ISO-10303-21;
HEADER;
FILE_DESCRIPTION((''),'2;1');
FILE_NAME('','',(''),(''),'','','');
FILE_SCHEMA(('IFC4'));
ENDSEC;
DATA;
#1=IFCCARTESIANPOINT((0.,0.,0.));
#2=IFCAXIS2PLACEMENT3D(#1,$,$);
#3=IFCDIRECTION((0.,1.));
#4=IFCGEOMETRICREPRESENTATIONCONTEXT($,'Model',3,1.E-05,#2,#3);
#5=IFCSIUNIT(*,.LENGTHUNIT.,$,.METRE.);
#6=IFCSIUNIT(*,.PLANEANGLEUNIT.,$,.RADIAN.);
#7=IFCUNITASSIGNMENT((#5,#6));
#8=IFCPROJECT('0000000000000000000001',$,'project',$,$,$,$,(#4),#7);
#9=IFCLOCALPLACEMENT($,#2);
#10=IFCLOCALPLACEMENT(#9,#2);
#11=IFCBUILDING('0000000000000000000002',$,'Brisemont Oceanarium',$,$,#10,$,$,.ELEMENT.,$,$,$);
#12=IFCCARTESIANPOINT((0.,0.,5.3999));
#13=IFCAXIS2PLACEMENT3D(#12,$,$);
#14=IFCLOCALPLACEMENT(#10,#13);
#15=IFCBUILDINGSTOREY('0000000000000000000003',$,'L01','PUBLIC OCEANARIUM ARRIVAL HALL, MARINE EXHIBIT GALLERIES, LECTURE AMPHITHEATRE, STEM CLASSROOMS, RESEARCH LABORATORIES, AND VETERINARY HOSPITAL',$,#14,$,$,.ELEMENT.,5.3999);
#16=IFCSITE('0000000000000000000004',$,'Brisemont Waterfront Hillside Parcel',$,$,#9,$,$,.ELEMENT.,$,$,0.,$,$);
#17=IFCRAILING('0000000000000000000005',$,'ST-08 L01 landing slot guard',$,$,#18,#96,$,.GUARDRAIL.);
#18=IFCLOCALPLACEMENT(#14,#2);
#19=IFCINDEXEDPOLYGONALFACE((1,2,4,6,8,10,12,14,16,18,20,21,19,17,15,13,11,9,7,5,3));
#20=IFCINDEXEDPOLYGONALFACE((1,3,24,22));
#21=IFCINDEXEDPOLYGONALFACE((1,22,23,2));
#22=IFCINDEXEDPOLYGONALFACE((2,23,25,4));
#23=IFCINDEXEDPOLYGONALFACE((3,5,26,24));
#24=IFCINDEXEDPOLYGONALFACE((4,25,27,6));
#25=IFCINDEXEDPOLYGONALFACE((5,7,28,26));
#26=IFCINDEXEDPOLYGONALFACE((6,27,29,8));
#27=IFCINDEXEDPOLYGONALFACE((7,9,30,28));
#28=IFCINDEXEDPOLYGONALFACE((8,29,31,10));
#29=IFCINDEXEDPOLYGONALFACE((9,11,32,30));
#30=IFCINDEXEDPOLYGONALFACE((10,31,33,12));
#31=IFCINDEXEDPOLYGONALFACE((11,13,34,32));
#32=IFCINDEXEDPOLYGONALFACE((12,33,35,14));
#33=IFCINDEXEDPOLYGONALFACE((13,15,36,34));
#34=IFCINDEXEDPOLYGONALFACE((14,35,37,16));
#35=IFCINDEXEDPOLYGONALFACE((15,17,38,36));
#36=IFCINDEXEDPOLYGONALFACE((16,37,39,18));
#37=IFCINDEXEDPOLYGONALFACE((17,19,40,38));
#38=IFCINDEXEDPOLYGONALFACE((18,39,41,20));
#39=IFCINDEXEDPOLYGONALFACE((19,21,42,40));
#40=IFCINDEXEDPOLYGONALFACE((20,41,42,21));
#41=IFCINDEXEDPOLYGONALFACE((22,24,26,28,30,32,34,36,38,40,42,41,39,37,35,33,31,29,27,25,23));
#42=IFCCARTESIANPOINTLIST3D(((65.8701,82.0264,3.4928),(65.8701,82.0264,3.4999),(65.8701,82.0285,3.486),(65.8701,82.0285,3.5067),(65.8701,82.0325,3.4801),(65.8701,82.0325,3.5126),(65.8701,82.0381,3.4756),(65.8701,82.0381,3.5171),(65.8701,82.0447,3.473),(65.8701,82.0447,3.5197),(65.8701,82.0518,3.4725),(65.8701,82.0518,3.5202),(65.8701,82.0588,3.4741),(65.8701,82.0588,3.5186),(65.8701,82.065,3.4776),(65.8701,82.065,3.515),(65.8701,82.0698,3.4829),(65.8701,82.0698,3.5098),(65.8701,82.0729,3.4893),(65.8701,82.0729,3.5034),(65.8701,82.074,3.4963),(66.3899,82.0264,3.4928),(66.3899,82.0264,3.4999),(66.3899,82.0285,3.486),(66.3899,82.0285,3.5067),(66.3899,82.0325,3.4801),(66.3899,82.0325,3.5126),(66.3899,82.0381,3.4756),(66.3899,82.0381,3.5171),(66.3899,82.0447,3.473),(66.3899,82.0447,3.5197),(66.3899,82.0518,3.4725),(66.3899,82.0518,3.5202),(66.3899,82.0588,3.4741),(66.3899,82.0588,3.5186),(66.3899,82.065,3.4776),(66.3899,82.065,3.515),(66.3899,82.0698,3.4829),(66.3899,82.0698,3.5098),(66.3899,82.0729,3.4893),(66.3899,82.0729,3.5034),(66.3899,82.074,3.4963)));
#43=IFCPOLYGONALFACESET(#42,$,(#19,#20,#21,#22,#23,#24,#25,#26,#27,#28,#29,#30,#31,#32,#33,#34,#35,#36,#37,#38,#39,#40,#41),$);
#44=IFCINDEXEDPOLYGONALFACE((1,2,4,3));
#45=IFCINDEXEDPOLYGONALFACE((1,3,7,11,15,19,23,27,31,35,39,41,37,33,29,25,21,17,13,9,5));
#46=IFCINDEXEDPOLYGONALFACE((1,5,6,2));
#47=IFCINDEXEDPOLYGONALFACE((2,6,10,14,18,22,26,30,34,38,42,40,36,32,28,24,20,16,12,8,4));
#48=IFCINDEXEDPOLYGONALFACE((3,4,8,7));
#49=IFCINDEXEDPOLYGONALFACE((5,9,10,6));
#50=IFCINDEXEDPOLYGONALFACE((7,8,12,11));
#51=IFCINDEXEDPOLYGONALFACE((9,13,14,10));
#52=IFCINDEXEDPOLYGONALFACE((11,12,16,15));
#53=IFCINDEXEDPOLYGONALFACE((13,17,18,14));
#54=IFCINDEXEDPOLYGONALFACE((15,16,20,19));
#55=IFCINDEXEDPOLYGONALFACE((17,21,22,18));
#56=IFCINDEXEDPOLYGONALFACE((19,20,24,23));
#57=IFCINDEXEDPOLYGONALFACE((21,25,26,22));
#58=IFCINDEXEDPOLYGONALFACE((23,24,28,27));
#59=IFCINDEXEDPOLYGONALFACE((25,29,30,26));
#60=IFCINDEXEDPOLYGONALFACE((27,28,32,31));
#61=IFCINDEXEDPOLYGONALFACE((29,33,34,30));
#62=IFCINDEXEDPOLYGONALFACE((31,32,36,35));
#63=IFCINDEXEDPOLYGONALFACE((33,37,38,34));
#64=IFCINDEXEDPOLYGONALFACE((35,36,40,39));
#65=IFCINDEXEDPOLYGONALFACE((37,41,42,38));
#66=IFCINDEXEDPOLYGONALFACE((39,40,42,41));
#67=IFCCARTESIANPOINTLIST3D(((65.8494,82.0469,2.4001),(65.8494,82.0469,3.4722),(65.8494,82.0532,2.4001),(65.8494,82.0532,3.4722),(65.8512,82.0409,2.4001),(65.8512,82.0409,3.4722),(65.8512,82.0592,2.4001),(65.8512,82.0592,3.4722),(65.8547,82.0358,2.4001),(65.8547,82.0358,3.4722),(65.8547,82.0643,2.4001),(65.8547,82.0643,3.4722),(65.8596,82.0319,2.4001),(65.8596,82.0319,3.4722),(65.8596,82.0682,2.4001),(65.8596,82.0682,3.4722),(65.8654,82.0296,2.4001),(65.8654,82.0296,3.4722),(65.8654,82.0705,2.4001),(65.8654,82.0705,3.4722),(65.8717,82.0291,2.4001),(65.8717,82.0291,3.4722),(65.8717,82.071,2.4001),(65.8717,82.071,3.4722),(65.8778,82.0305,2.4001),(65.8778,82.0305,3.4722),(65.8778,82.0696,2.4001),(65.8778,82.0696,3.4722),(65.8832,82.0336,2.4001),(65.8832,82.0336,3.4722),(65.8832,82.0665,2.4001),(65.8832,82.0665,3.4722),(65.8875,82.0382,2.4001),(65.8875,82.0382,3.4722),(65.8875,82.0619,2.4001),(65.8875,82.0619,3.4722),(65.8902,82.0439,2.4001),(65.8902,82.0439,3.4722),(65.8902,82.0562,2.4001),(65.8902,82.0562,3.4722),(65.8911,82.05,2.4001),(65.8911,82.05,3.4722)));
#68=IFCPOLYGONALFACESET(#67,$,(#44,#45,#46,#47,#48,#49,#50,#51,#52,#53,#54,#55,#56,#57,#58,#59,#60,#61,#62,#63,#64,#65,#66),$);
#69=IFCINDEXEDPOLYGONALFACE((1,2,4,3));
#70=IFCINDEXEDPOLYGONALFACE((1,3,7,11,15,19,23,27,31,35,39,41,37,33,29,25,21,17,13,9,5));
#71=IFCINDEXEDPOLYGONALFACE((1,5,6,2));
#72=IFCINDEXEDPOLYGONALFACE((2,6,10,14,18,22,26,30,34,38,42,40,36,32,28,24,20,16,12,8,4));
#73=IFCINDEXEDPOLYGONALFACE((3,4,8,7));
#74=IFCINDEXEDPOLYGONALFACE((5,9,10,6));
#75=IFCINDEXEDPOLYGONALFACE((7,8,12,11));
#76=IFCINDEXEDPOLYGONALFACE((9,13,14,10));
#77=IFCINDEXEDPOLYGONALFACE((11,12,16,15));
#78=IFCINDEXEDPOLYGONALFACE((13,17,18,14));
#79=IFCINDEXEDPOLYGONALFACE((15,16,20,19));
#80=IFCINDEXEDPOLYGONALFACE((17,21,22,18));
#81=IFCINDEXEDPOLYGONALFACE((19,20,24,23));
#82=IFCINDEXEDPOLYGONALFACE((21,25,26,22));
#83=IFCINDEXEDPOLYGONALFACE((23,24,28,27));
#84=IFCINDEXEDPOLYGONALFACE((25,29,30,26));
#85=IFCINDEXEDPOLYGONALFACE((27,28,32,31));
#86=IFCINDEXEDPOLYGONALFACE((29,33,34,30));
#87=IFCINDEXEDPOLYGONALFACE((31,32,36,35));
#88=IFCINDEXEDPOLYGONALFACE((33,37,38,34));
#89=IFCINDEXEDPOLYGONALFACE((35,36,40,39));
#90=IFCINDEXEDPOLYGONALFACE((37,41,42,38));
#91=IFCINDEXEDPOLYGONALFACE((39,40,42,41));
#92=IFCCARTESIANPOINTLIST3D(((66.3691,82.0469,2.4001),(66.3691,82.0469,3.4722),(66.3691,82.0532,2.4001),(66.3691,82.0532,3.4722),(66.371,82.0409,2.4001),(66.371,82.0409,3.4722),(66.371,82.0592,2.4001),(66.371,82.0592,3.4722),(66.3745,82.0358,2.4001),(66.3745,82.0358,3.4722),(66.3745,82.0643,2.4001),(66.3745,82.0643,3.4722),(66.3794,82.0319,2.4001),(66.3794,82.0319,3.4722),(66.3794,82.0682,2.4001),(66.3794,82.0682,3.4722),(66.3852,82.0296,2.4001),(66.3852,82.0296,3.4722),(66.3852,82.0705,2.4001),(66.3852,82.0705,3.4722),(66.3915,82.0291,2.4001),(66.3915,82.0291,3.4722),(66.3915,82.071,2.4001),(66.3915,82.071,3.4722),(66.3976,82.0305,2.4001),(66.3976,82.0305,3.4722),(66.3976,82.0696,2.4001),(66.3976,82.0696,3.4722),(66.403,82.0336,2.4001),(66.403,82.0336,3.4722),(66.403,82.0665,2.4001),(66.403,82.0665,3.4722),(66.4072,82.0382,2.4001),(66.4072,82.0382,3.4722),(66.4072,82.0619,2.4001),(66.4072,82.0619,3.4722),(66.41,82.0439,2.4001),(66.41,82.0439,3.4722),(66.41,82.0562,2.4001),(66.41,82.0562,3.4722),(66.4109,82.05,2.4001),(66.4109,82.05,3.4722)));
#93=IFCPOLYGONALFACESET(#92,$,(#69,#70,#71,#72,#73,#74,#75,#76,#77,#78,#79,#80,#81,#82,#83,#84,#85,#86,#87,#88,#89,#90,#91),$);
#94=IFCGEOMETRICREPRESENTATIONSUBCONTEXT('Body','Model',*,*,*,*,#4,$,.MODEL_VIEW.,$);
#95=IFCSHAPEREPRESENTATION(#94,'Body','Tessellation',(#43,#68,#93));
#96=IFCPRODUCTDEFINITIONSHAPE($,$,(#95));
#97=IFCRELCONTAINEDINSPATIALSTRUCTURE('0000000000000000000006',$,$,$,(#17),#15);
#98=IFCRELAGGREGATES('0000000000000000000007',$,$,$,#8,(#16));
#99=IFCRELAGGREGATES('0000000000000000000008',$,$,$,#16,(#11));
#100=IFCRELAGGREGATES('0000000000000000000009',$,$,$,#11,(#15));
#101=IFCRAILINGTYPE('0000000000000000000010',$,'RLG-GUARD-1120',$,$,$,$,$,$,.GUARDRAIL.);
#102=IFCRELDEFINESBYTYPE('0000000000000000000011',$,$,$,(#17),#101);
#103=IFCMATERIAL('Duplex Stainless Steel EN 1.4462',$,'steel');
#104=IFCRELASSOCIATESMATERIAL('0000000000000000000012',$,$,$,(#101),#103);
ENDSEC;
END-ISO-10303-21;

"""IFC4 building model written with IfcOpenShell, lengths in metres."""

from ifc_helpers import new_model, si_unit, direction, frame, origin, origin_2d, place, context, subcontext, project, spatial, circle, extrude, material, type_object, element, save


model = new_model("IFC4")

# Units and contexts
model_context = context("Model", 3, precision=1e-05, world=origin(), true_north=direction((0.0, 1.0)))
body_context = subcontext(model_context, "Body", "Model", "MODEL_VIEW")
ifc_project = project(units=[si_unit("LENGTHUNIT", "METRE"), si_unit("PLANEANGLEUNIT", "RADIAN")], contexts=[model_context])

# Site, building, storey
site_placement = place(None, origin())
site = spatial("IfcSite", under=ifc_project, at=site_placement, Name="Brisemont Waterfront Hillside Parcel", CompositionType="ELEMENT", RefElevation=0.0)
building_placement = place(site_placement, origin())
building = spatial("IfcBuilding", under=site, at=building_placement, Name="Brisemont Oceanarium", CompositionType="ELEMENT")
storey_placement = place(building_placement, frame((0.0, 0.0, 5.3999)))
storey = spatial("IfcBuildingStorey", under=building, at=storey_placement, Name="L01", Description="PUBLIC OCEANARIUM ARRIVAL HALL, MARINE EXHIBIT GALLERIES, LECTURE AMPHITHEATRE, STEM CLASSROOMS, RESEARCH LABORATORIES, AND VETERINARY HOSPITAL", CompositionType="ELEMENT", Elevation=5.3999)

# Railing
ifc_material_1 = material(Name="Duplex Stainless Steel EN 1.4462", Category="steel")
railing_type_1 = type_object("IfcRailingType", Name="RLG-GUARD-1120", PredefinedType="GUARDRAIL", material=ifc_material_1)
railing_1_placement = place(storey_placement, frame((65.8701, 82.05, 2.4001)))
element("IfcRailing", 1, at=railing_1_placement, inside=storey, type_object=railing_type_1, Name="ST-08 L01 landing slot guard", PredefinedType="GUARDRAIL", context=body_context, shape_type="SweptSolid", body=[
    extrude(circle(Radius=0.0239, at=origin_2d()), frame((0.0, 0.0, 1.0962), z_axis=(1.0, 0.0, 0.0), x_axis=(0.0, 1.0, 0.0)), (0.0, 0.0, 1.0), 0.5198),
    extrude(circle(Radius=0.021, at=origin_2d()), origin(), (0.0, 0.0, 1.0), 1.072),
    extrude(circle(Radius=0.021, at=origin_2d()), frame((0.5198, 0.0, 0.0)), (0.0, 0.0, 1.0), 1.072),
])

save(model, "model.ifc")
